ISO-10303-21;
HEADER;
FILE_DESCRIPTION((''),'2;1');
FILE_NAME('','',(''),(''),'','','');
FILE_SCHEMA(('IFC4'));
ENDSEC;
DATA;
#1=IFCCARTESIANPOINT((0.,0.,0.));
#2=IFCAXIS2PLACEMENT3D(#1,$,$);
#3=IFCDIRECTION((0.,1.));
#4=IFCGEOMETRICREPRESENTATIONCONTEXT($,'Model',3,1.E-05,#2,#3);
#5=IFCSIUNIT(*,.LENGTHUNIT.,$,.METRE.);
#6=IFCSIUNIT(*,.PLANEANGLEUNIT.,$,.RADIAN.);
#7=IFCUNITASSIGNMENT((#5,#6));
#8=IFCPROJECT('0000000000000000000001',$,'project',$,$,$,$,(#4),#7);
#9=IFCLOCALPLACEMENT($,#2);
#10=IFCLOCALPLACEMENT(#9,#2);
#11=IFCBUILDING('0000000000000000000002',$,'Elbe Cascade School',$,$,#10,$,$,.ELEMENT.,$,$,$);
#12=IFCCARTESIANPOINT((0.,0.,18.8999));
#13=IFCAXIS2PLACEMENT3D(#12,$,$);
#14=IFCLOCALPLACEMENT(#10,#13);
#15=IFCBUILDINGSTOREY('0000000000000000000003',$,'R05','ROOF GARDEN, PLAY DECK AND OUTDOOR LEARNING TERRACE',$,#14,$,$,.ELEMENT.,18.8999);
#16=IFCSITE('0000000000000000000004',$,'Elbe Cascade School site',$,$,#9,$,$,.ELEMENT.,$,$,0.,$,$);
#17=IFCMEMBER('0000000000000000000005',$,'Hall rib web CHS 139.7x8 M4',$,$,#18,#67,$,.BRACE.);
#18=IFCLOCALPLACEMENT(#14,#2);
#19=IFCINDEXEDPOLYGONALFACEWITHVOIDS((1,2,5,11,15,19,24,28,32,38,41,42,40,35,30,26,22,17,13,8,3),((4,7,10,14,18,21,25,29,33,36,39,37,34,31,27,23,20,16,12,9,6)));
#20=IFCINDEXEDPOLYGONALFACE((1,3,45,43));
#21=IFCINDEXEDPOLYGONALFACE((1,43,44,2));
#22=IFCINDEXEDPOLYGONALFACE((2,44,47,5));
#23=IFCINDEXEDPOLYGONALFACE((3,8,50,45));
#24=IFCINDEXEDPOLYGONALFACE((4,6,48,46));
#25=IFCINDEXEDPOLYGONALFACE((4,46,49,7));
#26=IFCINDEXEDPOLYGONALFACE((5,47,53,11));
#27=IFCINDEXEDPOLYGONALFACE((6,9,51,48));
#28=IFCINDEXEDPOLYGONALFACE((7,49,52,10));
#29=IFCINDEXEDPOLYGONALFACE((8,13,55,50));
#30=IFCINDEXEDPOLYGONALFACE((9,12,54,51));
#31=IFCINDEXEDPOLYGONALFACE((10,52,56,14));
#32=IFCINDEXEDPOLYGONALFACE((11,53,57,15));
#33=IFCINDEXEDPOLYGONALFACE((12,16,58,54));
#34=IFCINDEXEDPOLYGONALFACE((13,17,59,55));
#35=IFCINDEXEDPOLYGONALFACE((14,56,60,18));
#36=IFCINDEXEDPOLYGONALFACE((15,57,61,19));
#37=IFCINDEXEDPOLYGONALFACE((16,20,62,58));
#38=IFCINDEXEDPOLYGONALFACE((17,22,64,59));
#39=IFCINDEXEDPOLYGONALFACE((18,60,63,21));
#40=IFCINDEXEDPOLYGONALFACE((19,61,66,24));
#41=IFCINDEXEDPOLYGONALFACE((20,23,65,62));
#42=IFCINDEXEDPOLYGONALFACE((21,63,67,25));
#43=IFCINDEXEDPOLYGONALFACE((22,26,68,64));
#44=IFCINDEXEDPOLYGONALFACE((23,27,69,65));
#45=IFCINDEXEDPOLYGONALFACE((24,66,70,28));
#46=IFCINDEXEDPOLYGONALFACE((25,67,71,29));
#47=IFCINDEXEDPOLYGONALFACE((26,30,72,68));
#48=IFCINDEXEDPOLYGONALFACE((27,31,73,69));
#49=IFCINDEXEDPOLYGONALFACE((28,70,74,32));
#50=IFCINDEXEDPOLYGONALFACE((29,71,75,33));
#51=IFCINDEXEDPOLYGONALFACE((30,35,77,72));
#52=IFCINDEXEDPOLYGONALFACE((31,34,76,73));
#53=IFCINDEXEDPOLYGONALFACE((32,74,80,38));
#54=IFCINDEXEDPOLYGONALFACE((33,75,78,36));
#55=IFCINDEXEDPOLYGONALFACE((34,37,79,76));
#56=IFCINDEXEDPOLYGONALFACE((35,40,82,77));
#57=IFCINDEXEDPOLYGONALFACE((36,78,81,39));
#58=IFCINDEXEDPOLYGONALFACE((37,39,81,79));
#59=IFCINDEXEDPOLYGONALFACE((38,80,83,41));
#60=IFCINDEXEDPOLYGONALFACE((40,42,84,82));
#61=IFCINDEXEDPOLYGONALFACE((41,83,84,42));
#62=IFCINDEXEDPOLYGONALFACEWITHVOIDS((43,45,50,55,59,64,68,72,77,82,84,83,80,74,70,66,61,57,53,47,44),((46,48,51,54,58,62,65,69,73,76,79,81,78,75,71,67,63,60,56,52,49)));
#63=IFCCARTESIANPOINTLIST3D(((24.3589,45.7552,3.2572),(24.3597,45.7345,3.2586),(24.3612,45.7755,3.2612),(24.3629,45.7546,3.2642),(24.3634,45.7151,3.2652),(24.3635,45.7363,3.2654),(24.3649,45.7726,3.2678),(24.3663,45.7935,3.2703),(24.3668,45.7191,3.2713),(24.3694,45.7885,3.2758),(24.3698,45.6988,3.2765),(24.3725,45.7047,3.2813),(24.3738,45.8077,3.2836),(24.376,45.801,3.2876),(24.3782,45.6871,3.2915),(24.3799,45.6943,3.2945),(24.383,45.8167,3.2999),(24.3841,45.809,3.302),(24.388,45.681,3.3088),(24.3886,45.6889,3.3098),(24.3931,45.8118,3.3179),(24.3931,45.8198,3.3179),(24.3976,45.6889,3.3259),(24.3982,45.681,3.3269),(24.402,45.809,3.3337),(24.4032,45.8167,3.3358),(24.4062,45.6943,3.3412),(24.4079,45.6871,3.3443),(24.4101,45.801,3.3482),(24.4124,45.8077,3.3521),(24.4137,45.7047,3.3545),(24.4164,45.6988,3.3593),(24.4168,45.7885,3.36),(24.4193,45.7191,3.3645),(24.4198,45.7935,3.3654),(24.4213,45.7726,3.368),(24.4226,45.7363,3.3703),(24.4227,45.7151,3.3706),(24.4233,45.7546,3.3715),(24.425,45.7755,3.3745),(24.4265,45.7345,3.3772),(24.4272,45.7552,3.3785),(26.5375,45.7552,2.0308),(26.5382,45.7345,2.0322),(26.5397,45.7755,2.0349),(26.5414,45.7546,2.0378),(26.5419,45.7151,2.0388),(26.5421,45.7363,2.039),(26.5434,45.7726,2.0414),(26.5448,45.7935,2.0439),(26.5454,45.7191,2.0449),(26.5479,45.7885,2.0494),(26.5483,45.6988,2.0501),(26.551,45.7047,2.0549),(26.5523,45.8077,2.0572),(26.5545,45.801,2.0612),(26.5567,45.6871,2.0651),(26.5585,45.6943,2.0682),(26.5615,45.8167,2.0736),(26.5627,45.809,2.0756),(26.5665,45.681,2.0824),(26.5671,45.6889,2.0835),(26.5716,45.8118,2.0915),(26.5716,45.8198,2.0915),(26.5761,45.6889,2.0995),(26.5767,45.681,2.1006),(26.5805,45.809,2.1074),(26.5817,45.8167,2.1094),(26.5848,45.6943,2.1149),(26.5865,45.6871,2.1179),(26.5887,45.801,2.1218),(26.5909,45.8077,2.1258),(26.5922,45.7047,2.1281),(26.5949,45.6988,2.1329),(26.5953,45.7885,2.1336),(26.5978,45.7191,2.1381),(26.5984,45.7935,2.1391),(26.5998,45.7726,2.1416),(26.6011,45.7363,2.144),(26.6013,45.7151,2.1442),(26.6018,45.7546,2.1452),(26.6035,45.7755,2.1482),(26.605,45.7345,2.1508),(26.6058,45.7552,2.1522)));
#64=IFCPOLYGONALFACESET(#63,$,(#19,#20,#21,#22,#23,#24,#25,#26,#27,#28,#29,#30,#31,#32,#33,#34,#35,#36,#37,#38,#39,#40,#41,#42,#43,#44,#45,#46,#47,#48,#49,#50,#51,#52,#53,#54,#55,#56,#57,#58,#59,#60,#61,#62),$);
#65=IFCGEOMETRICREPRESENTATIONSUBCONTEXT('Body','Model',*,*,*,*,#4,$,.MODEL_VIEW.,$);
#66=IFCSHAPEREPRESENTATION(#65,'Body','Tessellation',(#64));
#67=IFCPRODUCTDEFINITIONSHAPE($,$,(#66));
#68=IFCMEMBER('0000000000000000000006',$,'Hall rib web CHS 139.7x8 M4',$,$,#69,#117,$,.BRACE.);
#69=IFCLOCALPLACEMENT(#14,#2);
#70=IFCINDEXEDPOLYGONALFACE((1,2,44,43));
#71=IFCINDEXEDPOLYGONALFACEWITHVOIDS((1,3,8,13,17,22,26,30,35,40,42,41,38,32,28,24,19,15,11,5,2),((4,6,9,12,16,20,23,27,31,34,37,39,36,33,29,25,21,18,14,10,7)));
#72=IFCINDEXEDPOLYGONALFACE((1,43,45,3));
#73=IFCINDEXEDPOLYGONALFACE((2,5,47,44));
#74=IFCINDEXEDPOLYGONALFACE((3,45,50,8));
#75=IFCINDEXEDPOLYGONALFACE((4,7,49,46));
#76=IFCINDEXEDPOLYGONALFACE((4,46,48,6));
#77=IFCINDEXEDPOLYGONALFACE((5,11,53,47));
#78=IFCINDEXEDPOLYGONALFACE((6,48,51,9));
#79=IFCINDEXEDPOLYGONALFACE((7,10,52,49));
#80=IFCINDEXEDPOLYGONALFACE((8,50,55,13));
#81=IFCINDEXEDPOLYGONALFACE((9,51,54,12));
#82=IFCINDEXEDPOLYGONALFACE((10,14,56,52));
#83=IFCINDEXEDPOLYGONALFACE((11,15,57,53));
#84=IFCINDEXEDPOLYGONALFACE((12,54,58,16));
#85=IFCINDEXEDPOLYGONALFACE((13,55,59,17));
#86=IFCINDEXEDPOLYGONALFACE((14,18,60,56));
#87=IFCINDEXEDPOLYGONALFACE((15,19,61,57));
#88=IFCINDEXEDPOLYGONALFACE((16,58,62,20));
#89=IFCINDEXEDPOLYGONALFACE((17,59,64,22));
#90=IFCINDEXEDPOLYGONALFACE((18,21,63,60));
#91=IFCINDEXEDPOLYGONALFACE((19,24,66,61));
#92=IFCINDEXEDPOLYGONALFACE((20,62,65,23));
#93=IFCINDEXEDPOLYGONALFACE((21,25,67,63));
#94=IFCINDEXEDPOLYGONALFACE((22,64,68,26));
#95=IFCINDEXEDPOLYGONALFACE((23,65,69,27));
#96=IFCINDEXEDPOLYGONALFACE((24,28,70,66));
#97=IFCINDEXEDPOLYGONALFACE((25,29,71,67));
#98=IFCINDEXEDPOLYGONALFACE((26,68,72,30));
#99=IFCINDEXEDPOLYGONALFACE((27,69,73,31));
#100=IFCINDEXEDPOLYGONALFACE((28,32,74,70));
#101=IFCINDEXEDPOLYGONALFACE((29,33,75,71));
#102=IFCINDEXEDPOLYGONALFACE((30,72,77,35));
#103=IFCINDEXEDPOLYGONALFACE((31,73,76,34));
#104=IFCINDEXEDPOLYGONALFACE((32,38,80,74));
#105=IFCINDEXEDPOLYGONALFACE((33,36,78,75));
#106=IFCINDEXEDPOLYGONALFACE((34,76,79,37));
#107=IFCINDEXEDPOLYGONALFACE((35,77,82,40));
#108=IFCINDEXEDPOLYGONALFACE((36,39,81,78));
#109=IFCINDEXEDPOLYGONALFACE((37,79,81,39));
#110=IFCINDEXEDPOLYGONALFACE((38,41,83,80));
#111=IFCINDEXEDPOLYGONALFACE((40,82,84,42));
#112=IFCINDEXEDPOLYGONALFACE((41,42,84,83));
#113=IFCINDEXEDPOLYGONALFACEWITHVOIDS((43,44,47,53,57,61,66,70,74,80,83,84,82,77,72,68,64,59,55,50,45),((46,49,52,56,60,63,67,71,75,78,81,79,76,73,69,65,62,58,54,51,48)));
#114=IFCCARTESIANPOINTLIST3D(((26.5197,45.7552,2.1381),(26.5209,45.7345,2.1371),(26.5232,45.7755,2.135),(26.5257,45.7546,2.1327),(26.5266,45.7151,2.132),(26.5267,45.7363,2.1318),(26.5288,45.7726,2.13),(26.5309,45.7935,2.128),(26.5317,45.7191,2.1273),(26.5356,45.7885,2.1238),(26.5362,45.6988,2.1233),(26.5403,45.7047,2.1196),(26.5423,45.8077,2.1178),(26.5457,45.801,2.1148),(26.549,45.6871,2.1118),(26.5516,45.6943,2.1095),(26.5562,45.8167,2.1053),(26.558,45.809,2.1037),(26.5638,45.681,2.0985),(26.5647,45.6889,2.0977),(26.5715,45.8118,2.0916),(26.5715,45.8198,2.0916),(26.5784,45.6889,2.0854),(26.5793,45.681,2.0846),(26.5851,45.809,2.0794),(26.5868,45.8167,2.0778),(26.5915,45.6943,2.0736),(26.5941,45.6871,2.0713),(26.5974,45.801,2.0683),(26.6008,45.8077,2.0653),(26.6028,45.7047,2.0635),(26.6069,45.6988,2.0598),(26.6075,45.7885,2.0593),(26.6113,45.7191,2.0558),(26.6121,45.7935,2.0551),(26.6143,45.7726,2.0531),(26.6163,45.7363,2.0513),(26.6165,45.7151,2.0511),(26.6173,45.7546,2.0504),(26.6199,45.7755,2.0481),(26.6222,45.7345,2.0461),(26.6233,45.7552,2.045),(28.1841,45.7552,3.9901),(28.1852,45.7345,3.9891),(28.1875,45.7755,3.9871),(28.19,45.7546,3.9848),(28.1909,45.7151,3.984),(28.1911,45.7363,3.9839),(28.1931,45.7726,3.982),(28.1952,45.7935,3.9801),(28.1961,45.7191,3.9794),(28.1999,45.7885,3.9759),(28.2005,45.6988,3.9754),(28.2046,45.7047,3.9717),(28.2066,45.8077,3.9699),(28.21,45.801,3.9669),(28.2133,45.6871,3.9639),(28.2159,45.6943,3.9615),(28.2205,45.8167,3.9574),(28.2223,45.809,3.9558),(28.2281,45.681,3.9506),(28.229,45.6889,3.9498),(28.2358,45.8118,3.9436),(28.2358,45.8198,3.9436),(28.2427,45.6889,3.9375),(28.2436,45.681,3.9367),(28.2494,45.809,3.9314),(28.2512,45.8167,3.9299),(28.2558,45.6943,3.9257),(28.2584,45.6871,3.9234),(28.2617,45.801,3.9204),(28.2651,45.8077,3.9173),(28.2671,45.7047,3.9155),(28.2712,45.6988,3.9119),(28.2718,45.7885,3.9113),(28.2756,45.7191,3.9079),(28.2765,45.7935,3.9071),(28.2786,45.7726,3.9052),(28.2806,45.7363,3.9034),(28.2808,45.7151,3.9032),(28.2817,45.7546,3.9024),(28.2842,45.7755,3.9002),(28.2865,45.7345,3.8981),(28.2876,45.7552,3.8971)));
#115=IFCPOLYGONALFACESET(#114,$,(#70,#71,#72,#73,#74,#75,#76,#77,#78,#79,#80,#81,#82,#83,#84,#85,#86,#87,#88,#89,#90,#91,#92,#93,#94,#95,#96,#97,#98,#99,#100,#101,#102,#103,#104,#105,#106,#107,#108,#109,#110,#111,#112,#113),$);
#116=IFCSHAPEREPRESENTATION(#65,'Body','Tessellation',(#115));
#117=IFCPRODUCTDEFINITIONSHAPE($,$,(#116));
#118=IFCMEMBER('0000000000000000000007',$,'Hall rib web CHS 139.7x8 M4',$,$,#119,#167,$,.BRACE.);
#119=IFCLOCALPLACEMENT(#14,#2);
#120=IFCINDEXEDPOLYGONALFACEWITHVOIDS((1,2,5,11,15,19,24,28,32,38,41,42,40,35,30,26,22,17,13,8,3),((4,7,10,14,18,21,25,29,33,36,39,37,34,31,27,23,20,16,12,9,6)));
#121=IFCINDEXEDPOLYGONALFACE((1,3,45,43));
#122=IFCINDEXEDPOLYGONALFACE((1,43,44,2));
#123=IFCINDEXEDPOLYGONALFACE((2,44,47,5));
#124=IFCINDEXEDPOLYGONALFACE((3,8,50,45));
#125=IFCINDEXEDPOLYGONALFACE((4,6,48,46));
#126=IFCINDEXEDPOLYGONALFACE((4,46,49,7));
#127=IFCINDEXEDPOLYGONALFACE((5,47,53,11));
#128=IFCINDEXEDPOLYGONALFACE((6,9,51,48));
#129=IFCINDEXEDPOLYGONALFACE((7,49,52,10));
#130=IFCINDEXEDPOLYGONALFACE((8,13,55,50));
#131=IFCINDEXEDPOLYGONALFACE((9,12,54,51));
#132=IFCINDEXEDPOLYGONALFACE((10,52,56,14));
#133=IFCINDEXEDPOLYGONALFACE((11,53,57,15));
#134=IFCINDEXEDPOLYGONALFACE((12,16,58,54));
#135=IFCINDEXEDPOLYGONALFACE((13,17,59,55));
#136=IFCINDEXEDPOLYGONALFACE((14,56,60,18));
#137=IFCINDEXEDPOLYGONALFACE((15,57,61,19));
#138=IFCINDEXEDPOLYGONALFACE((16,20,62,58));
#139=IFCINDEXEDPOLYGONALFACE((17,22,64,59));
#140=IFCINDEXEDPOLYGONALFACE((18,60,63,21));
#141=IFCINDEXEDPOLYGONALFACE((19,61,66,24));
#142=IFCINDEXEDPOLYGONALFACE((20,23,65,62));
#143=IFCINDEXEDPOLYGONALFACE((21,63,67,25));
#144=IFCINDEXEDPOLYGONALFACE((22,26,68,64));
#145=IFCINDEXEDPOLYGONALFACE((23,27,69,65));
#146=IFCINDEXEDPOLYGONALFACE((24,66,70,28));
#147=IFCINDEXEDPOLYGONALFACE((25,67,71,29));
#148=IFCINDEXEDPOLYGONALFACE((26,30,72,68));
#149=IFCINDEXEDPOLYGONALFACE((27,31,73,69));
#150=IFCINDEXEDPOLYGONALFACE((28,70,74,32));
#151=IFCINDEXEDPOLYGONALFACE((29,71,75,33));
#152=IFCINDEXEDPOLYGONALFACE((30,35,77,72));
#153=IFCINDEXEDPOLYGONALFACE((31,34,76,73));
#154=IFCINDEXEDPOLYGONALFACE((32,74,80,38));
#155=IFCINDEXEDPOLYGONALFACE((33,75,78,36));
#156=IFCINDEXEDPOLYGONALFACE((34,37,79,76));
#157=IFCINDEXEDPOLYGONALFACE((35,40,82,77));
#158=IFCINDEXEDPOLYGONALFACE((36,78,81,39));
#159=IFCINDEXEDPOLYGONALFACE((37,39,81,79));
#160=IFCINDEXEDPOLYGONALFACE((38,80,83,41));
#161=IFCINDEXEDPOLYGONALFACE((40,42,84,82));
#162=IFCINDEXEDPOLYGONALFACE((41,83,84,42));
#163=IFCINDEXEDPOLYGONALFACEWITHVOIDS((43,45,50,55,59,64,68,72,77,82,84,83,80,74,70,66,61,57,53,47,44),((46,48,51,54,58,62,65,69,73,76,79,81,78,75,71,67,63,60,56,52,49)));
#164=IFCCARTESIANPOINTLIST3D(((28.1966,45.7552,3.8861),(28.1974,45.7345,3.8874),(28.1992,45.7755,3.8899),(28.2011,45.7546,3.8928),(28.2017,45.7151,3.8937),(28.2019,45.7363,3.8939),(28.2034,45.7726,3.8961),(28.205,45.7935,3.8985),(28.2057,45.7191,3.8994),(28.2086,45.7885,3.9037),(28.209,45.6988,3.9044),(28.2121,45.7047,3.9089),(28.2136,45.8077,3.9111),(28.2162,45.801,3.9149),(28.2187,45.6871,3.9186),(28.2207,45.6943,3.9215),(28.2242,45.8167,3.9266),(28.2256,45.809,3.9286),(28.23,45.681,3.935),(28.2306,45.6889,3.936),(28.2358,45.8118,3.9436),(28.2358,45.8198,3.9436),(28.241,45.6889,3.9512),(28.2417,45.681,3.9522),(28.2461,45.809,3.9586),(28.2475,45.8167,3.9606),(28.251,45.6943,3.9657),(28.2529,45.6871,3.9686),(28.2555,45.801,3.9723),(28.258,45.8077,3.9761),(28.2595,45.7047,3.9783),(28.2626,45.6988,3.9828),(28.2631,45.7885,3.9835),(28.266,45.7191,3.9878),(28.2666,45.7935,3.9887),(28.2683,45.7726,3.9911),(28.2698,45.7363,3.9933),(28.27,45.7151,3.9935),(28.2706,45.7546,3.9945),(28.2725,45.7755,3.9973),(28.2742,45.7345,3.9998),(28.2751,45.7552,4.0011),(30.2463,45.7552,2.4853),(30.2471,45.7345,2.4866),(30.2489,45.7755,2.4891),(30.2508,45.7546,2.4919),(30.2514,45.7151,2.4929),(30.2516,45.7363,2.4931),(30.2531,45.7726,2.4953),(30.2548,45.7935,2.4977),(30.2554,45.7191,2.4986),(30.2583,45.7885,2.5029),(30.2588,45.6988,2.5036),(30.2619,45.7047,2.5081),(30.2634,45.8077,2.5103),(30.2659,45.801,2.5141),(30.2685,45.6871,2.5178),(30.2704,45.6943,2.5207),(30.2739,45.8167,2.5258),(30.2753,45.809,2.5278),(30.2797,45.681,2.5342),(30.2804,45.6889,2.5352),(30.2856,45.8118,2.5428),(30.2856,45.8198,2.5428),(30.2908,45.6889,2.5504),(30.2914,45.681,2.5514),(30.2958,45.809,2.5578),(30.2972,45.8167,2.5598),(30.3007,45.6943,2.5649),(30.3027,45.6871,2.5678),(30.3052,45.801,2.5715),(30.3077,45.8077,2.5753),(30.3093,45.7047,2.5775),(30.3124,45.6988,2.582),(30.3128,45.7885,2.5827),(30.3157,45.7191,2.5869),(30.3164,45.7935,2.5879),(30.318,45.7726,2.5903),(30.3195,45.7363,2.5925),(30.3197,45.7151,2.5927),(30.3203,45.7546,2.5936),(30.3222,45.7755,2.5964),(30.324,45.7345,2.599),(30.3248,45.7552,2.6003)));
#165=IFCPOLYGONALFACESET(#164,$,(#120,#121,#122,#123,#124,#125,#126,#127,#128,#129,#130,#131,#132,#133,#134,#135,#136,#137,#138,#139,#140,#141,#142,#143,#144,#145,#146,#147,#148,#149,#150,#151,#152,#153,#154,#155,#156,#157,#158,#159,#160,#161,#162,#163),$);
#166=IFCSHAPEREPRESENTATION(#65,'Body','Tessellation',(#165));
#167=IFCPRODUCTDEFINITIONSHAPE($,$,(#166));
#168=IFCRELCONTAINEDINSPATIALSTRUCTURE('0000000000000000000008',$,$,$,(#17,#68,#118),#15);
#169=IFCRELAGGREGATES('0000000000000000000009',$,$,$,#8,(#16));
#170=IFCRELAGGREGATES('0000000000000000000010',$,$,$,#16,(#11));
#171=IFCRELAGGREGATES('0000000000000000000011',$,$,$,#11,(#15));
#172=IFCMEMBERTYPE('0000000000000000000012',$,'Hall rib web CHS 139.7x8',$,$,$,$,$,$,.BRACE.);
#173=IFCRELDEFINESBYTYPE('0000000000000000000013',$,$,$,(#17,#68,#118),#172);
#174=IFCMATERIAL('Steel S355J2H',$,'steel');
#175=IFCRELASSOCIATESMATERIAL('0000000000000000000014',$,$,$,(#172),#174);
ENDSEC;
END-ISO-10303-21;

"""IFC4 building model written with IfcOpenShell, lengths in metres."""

from ifc_helpers import new_model, si_unit, direction, frame, origin, origin_2d, place, context, subcontext, project, spatial, hollow_circle, extrude, material, material_profile, profile_set, type_object, element, save


model = new_model("IFC4")

# Units and contexts
model_context = context("Model", 3, precision=1e-05, world=origin(), true_north=direction((0.0, 1.0)))
body_context = subcontext(model_context, "Body", "Model", "MODEL_VIEW")
ifc_project = project(units=[si_unit("LENGTHUNIT", "METRE"), si_unit("PLANEANGLEUNIT", "RADIAN")], contexts=[model_context])

# Site, building, storey
site_placement = place(None, origin())
site = spatial("IfcSite", under=ifc_project, at=site_placement, Name="Elbe Cascade School site", CompositionType="ELEMENT", RefElevation=0.0)
building_placement = place(site_placement, origin())
building = spatial("IfcBuilding", under=site, at=building_placement, Name="Elbe Cascade School", CompositionType="ELEMENT")
storey_placement = place(building_placement, frame((0.0, 0.0, 18.8999)))
storey = spatial("IfcBuildingStorey", under=building, at=storey_placement, Name="R05", Description="ROOF GARDEN, PLAY DECK AND OUTDOOR LEARNING TERRACE", CompositionType="ELEMENT", Elevation=18.8999)

# Members
ifc_material_1 = material(Name="Steel S355J2H", Category="steel")
ifc_material_profile_1 = material_profile(ifc_material_1, hollow_circle(Radius=0.0698, WallThickness=0.0081, at=origin_2d()), Name="CHS 139.7x8")
ifc_profile_set_1 = profile_set([ifc_material_profile_1], Name="Steel S355J2H")
member_type_1 = type_object("IfcMemberType", Name="Hall rib web CHS 139.7x8", PredefinedType="BRACE", material=ifc_profile_set_1)
member_1_placement = place(storey_placement, frame((24.3931, 45.75, 3.3179), z_axis=(0.871416, 0.0, -0.490544), x_axis=(0.0, 1.0, 0.0)))
element("IfcMember", 1, at=member_1_placement, inside=storey, type_object=member_type_1, Name="Hall rib web CHS 139.7x8 M4", PredefinedType="BRACE", context=body_context, shape_type="SweptSolid", body=[
    extrude(hollow_circle(Radius=0.0698, WallThickness=0.0081, at=origin_2d()), origin(), (0.0, 0.0, 1.0), 2.5),
])
member_2_placement = place(storey_placement, frame((26.5715, 45.75, 2.0916), z_axis=(0.668401, 0.0, 0.743801), x_axis=(0.0, 1.0, 0.0)))
element("IfcMember", 2, at=member_2_placement, inside=storey, type_object=member_type_1, Name="Hall rib web CHS 139.7x8 M4", PredefinedType="BRACE", context=body_context, shape_type="SweptSolid", body=[
    extrude(hollow_circle(Radius=0.0698, WallThickness=0.0081, at=origin_2d()), origin(), (0.0, 0.0, 1.0), 2.49),
])
member_3_placement = place(storey_placement, frame((28.2358, 45.75, 3.9436), z_axis=(0.825611, 0.0, -0.56424), x_axis=(0.0, 1.0, 0.0)))
element("IfcMember", 3, at=member_3_placement, inside=storey, type_object=member_type_1, Name="Hall rib web CHS 139.7x8 M4", PredefinedType="BRACE", context=body_context, shape_type="SweptSolid", body=[
    extrude(hollow_circle(Radius=0.0698, WallThickness=0.0081, at=origin_2d()), origin(), (0.0, 0.0, 1.0), 2.4827),
])

save(model, "model.ifc")
